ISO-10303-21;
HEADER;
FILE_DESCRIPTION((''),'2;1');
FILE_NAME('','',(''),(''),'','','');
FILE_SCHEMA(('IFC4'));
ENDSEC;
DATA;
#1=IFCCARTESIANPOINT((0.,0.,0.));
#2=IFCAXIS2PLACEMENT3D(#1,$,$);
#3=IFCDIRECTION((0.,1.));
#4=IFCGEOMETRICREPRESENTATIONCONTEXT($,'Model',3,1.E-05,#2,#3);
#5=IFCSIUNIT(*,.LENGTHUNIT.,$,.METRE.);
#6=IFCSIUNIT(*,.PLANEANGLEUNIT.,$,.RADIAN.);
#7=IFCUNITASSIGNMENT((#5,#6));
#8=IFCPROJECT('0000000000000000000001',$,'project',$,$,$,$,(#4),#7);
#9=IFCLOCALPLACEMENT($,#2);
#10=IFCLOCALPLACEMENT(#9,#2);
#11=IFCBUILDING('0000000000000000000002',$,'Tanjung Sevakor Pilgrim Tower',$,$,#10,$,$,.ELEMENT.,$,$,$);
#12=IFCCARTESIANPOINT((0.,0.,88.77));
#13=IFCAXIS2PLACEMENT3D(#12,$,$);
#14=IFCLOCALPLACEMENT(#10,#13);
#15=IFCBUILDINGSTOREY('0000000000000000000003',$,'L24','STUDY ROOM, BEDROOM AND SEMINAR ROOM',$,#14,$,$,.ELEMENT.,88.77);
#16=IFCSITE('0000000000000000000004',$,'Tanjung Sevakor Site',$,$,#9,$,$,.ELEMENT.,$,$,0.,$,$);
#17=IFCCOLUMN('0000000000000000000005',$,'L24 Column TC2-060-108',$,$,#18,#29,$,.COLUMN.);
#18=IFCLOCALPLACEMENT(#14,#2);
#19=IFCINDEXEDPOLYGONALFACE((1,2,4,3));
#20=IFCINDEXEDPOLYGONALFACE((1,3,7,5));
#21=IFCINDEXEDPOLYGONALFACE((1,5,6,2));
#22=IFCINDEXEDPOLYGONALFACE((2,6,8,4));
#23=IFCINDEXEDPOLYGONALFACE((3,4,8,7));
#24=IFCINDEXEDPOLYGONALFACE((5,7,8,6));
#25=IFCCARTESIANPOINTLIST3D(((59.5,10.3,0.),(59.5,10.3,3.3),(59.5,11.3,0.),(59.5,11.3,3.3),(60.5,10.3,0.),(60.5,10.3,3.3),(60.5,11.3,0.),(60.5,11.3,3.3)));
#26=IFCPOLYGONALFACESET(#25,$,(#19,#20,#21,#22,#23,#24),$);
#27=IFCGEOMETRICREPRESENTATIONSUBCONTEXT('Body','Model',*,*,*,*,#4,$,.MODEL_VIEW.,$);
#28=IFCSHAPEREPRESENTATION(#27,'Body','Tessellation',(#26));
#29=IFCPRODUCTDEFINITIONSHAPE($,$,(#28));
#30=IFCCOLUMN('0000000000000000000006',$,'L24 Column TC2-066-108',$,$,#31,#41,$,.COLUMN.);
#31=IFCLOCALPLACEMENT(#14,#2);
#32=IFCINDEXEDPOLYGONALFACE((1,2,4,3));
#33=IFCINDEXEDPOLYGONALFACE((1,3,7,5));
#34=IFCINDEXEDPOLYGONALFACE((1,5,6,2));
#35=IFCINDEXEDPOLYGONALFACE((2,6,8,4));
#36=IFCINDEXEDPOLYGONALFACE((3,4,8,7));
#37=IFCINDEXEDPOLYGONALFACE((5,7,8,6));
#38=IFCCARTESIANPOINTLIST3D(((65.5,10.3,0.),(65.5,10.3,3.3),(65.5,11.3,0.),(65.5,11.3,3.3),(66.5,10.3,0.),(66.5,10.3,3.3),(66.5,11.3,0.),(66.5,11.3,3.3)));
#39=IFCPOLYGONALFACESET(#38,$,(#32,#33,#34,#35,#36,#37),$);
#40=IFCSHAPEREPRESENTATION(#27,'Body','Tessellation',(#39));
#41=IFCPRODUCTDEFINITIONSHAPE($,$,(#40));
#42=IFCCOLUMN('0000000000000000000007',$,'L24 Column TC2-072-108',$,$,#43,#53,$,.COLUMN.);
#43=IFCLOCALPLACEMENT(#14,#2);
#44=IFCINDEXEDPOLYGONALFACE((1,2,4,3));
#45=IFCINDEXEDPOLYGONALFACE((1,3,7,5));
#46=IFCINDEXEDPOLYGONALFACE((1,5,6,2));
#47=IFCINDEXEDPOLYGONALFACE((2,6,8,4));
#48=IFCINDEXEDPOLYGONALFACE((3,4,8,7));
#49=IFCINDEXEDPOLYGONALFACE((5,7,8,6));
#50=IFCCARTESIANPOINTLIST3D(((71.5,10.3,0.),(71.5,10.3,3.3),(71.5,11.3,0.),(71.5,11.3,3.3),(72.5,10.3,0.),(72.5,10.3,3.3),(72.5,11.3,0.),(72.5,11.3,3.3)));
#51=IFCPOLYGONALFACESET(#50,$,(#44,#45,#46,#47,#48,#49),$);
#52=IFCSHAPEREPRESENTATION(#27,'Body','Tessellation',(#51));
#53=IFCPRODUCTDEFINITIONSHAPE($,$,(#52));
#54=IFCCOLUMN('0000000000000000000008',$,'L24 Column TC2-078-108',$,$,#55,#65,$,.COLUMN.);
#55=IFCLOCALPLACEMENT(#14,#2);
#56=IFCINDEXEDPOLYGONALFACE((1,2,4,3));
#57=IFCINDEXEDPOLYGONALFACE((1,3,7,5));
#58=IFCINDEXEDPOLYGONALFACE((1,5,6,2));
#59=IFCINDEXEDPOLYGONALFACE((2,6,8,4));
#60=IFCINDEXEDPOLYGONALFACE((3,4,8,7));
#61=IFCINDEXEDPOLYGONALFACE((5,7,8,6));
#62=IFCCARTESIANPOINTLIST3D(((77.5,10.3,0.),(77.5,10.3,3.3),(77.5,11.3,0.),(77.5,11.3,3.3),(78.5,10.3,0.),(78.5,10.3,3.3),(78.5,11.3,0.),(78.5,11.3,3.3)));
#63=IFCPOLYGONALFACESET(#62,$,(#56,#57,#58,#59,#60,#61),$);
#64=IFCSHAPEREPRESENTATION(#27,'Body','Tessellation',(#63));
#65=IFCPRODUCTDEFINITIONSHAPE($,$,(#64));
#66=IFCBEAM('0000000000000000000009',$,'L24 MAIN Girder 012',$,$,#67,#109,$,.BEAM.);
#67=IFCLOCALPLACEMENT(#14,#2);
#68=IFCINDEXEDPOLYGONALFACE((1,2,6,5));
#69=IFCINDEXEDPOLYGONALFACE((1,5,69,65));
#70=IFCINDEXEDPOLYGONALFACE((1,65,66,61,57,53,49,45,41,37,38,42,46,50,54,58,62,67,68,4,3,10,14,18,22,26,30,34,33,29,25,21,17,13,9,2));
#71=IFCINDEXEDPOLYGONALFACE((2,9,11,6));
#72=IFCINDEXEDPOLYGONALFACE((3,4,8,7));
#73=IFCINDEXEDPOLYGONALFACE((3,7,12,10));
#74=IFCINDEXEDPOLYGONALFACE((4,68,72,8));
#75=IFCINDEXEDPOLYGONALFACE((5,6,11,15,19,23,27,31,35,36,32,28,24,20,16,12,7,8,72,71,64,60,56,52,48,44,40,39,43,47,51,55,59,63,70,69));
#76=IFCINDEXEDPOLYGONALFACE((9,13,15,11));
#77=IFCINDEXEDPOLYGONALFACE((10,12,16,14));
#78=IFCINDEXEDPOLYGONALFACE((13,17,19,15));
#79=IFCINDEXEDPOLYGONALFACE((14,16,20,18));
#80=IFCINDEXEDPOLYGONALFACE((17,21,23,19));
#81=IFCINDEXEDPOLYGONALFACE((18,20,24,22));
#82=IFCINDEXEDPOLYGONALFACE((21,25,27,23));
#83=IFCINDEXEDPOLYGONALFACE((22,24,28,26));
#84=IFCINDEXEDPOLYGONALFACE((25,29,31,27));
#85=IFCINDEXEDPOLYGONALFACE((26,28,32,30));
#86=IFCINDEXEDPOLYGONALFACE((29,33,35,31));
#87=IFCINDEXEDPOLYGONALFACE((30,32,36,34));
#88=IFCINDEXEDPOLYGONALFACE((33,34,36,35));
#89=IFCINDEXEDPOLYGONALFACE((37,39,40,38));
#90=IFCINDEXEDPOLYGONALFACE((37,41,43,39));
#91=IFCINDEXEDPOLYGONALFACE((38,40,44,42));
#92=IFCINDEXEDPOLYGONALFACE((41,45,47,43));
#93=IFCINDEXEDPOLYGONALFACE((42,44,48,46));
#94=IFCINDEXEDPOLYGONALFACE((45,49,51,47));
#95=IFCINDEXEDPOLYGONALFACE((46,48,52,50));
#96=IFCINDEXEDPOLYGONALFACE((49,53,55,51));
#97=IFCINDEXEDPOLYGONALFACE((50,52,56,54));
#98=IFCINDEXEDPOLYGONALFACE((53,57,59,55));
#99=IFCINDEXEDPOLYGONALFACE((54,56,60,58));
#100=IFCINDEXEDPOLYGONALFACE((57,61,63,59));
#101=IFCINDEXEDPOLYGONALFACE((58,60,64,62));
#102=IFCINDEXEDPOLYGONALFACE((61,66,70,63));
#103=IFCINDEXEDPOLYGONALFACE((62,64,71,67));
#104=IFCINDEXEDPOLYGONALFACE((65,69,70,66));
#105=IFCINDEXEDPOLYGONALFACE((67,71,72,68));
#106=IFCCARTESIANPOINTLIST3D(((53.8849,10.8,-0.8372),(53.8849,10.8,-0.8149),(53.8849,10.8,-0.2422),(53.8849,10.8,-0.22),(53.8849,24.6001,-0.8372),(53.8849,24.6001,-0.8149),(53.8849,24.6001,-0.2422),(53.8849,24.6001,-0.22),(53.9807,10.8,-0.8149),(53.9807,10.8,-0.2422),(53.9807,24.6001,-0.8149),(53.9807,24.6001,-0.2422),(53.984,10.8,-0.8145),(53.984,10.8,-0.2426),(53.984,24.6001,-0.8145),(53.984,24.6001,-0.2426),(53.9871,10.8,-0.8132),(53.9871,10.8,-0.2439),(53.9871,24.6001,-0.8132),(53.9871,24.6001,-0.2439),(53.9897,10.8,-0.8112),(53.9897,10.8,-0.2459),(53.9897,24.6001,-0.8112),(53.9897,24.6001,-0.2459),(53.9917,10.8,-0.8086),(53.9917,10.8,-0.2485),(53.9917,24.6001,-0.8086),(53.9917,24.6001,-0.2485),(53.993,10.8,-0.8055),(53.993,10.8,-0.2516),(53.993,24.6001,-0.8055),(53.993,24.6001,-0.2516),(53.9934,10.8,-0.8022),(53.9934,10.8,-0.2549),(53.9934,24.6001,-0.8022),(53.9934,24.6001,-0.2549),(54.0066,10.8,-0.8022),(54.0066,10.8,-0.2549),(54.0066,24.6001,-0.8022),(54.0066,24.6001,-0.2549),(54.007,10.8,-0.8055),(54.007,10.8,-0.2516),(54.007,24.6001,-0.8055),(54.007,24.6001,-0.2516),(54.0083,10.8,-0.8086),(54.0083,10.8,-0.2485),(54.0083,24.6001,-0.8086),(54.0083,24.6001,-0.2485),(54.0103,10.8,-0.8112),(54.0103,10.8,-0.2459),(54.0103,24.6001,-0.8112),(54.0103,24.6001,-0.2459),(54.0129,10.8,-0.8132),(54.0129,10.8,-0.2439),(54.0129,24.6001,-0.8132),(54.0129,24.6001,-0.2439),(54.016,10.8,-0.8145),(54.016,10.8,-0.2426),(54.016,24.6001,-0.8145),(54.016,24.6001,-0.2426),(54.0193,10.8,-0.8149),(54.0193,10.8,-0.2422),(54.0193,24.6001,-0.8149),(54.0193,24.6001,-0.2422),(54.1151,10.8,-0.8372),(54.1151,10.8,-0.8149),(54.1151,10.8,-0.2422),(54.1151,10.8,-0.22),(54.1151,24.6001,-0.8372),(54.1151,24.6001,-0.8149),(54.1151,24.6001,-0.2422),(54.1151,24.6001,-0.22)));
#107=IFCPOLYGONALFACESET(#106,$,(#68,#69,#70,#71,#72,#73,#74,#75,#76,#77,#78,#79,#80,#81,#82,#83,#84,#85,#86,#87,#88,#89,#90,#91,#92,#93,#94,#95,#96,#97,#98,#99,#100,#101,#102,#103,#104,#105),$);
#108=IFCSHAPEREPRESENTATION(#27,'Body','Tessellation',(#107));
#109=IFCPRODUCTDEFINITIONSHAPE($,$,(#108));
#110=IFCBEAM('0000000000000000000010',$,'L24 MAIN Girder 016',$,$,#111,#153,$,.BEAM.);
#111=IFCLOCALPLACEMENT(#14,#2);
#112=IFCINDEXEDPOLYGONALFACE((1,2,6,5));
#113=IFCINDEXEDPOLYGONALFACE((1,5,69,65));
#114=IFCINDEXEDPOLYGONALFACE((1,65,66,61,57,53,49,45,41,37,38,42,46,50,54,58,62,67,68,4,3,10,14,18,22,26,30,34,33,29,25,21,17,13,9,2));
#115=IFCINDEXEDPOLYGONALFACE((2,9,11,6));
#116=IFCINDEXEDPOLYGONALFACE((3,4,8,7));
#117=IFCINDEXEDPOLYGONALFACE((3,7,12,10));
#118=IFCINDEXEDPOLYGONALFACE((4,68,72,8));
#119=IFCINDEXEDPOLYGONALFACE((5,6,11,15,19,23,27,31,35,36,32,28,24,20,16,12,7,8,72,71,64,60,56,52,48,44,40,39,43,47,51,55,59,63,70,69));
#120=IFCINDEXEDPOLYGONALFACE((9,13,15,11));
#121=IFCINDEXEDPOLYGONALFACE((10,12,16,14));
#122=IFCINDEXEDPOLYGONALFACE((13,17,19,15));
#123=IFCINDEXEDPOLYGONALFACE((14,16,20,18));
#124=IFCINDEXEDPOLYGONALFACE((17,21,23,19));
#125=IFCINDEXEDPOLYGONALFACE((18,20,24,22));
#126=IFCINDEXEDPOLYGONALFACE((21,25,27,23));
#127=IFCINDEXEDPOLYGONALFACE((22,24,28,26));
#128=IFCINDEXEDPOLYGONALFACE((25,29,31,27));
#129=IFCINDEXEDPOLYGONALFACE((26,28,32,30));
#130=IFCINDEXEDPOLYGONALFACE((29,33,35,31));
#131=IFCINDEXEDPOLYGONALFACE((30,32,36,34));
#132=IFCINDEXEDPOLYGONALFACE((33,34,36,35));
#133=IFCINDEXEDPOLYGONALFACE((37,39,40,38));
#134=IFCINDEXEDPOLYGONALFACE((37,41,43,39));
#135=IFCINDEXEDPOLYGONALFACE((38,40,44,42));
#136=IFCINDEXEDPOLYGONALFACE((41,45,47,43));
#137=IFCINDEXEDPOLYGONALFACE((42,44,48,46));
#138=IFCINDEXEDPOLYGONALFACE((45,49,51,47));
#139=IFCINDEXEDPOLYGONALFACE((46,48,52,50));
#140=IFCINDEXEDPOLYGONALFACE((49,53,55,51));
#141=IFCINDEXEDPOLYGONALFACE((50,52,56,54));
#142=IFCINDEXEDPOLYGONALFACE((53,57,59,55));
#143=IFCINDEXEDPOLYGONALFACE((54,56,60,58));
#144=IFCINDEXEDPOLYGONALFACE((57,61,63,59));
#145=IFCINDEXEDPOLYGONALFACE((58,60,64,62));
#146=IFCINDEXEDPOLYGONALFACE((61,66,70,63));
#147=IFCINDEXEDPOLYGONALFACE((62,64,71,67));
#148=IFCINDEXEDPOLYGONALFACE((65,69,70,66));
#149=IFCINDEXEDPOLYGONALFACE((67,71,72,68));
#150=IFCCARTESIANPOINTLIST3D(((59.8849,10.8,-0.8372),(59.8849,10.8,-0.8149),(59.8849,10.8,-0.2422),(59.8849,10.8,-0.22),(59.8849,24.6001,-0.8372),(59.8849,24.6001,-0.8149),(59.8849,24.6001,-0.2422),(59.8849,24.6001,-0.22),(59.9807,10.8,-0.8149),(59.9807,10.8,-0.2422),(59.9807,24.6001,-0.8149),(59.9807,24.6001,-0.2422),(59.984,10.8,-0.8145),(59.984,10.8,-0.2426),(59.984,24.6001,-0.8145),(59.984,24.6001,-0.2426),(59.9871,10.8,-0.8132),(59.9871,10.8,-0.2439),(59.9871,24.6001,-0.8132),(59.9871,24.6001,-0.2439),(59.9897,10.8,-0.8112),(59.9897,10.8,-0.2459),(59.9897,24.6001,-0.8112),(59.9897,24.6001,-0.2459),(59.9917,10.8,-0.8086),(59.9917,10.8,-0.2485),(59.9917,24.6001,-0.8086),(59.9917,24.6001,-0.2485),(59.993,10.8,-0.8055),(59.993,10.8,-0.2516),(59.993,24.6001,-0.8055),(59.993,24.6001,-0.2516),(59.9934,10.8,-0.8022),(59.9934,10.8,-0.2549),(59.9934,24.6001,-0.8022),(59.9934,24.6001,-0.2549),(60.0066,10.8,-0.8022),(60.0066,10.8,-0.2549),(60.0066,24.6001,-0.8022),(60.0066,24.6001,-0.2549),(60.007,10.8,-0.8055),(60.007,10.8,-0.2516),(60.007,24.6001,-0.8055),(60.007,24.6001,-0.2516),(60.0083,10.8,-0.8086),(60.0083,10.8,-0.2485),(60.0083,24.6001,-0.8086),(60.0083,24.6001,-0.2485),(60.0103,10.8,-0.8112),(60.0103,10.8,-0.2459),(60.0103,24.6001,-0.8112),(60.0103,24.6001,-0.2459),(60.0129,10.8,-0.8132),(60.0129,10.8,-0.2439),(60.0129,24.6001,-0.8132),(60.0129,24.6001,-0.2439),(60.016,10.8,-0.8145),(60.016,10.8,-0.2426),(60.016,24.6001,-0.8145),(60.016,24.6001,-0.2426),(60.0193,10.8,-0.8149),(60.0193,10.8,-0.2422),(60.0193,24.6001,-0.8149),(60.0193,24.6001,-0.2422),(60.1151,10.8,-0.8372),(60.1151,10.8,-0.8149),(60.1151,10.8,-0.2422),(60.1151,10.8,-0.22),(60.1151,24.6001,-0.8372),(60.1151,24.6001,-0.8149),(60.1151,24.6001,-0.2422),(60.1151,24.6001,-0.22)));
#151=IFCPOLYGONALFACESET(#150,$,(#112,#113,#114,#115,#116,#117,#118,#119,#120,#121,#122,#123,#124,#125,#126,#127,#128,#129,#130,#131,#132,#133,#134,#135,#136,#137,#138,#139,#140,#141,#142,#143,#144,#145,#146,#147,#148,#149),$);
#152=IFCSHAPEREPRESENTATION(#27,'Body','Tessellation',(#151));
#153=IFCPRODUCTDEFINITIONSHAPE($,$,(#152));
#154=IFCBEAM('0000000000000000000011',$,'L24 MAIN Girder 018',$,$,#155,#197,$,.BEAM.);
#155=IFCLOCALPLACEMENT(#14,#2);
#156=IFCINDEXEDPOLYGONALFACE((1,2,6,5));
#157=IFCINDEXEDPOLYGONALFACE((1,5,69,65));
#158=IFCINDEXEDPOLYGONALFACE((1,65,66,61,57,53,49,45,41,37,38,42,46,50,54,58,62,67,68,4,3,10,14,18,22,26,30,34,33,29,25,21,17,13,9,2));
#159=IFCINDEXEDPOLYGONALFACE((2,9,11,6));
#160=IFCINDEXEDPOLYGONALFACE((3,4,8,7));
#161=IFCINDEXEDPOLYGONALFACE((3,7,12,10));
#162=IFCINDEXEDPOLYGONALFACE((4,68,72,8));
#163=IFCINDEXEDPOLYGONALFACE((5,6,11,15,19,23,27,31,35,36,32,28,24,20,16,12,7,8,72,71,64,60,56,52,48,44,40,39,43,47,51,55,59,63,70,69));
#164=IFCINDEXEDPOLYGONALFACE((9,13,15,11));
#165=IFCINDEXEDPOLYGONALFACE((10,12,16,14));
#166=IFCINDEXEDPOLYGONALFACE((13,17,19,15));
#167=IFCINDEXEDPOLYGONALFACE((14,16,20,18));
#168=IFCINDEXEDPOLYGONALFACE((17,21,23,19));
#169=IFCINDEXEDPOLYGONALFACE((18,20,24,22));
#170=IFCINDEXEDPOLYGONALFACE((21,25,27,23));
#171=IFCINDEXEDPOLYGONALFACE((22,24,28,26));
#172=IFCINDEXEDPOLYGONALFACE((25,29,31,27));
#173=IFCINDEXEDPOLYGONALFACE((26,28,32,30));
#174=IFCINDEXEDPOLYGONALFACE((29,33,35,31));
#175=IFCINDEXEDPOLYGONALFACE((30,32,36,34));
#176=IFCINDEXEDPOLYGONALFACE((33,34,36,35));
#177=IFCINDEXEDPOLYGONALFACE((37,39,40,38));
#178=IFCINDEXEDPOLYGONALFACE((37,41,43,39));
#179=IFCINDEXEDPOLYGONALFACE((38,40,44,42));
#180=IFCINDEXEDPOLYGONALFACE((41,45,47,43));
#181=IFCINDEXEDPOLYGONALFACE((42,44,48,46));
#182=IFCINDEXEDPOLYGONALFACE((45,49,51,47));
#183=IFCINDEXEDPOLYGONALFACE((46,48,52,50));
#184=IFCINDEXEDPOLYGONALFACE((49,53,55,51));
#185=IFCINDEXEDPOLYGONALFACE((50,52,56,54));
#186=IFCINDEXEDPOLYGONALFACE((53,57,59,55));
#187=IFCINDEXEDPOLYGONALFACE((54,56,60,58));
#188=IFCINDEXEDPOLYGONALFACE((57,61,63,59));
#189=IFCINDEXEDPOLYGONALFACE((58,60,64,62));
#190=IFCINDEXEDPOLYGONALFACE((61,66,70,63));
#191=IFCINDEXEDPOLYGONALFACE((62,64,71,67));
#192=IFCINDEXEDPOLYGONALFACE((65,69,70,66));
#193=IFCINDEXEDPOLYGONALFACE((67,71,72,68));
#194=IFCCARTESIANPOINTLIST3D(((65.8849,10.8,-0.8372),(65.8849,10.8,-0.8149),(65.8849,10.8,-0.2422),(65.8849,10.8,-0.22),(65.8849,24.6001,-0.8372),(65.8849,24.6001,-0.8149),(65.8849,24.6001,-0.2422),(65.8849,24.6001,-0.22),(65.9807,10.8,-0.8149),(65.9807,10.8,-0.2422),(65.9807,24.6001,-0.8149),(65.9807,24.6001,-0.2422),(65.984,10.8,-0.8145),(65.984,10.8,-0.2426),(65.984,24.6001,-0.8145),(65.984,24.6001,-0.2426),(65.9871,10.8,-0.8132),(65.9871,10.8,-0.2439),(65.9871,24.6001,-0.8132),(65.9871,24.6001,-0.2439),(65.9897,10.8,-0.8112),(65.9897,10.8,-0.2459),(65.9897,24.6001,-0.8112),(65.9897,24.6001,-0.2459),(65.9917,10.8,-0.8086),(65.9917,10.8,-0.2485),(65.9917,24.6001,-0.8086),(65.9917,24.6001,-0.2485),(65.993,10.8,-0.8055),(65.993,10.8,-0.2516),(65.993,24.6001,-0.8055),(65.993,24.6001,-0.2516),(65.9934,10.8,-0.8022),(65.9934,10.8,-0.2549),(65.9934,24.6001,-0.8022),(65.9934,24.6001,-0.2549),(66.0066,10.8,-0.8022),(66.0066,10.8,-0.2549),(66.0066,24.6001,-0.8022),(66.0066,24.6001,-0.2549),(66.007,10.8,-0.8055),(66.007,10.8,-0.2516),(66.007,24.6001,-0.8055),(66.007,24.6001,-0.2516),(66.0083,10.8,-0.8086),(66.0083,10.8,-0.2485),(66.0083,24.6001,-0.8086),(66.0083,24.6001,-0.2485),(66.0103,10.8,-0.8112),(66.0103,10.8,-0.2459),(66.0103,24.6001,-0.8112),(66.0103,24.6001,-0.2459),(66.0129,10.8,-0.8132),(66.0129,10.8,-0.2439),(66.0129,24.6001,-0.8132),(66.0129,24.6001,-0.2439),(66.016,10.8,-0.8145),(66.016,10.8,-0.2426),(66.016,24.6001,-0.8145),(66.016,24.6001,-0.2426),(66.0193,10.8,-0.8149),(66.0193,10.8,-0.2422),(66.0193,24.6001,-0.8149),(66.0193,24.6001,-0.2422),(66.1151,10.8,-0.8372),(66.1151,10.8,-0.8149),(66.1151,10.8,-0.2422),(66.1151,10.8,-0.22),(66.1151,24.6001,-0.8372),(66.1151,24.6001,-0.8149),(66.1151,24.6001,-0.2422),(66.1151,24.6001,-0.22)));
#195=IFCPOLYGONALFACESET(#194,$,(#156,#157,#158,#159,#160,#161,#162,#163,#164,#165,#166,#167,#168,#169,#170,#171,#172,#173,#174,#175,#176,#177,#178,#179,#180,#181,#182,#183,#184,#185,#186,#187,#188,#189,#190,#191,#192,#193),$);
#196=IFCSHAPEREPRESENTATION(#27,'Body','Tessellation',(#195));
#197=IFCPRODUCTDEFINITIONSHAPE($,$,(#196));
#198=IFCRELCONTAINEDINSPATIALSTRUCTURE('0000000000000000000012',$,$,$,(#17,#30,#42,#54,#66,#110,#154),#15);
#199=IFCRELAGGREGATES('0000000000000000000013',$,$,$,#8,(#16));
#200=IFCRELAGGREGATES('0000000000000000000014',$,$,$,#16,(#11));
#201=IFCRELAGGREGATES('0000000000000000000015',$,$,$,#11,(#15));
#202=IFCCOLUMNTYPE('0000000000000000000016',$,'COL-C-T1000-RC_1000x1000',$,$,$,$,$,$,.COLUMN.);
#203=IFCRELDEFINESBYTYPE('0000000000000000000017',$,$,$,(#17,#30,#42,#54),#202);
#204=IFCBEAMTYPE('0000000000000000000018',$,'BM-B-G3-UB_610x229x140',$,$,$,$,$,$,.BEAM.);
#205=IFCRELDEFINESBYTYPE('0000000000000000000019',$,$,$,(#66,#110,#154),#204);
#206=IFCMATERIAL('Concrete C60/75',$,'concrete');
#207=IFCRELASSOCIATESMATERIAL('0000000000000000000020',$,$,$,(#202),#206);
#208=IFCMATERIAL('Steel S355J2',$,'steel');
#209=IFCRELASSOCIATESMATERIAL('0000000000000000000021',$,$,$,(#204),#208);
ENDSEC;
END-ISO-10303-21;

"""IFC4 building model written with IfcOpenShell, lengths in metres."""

from ifc_helpers import new_model, si_unit, direction, frame, origin, origin_2d, place, context, subcontext, project, spatial, rectangle, i_section, extrude, material, material_profile, profile_set, type_object, element, save


model = new_model("IFC4")

# Units and contexts
model_context = context("Model", 3, precision=1e-05, world=origin(), true_north=direction((0.0, 1.0)))
body_context = subcontext(model_context, "Body", "Model", "MODEL_VIEW")
ifc_project = project(units=[si_unit("LENGTHUNIT", "METRE"), si_unit("PLANEANGLEUNIT", "RADIAN")], contexts=[model_context])

# Site, building, storey
site_placement = place(None, origin())
site = spatial("IfcSite", under=ifc_project, at=site_placement, Name="Tanjung Sevakor Site", CompositionType="ELEMENT", RefElevation=0.0)
building_placement = place(site_placement, origin())
building = spatial("IfcBuilding", under=site, at=building_placement, Name="Tanjung Sevakor Pilgrim Tower", CompositionType="ELEMENT")
storey_placement = place(building_placement, frame((0.0, 0.0, 88.77)))
storey = spatial("IfcBuildingStorey", under=building, at=storey_placement, Name="L24", Description="STUDY ROOM, BEDROOM AND SEMINAR ROOM", CompositionType="ELEMENT", Elevation=88.77)

# Columns
ifc_material_1 = material(Name="Concrete C60/75", Category="concrete")
ifc_material_profile_1 = material_profile(ifc_material_1, rectangle(XDim=1.0, YDim=1.0, at=origin_2d()))
ifc_profile_set_1 = profile_set([ifc_material_profile_1], Name="Concrete C60/75")
column_type = type_object("IfcColumnType", Name="COL-C-T1000-RC_1000x1000", PredefinedType="COLUMN", material=ifc_profile_set_1)
for number, where, z_axis, x_axis, name in (
    (1, (60.0, 10.8, 0.0), (0.0, 0.0, 1.0), (1.0, 0.0, 0.0), "L24 Column TC2-060-108"),
    (2, (66.0, 10.8, 0.0), (0.0, 0.0, 1.0), (1.0, 0.0, 0.0), "L24 Column TC2-066-108"),
    (3, (72.0, 10.8, 0.0), (0.0, 0.0, 1.0), (1.0, 0.0, 0.0), "L24 Column TC2-072-108"),
    (4, (78.0, 10.8, 0.0), (0.0, 0.0, 1.0), (1.0, 0.0, 0.0), "L24 Column TC2-078-108"),
):
    element("IfcColumn", number, at=place(storey_placement, frame(where, z_axis=z_axis, x_axis=x_axis)), inside=storey, type_object=column_type, Name=name, PredefinedType="COLUMN", context=body_context, shape_type="SweptSolid", body=[
        extrude(rectangle(XDim=1.0, YDim=1.0, at=origin_2d()), origin(), (0.0, 0.0, 1.0), 3.3),
    ])

# Beams
ifc_material_2 = material(Name="Steel S355J2", Category="steel")
ifc_material_profile_2 = material_profile(ifc_material_2, i_section(OverallWidth=0.2302, OverallDepth=0.6172, WebThickness=0.0132, FlangeThickness=0.0222, FilletRadius=0.0127, at=origin_2d()))
ifc_profile_set_2 = profile_set([ifc_material_profile_2], Name="Steel S355J2")
beam_type_1 = type_object("IfcBeamType", Name="BM-B-G3-UB_610x229x140", PredefinedType="BEAM", material=ifc_profile_set_2)
for number, where, z_axis, x_axis, name in (
    (5, (54.0, 10.8, -0.5286), (0.0, 1.0, 0.0), (-1.0, 0.0, 0.0), "L24 MAIN Girder 012"),
    (6, (60.0, 10.8, -0.5286), (0.0, 1.0, 0.0), (-1.0, 0.0, 0.0), "L24 MAIN Girder 016"),
    (7, (66.0, 10.8, -0.5286), (0.0, 1.0, 0.0), (-1.0, 0.0, 0.0), "L24 MAIN Girder 018"),
):
    element("IfcBeam", number, at=place(storey_placement, frame(where, z_axis=z_axis, x_axis=x_axis)), inside=storey, type_object=beam_type_1, Name=name, PredefinedType="BEAM", context=body_context, shape_type="SweptSolid", body=[
        extrude(i_section(OverallWidth=0.2302, OverallDepth=0.6172, WebThickness=0.0132, FlangeThickness=0.0222, FilletRadius=0.0127, at=origin_2d()), origin(), (0.0, 0.0, 1.0), 13.8),
    ])

save(model, "model.ifc")
